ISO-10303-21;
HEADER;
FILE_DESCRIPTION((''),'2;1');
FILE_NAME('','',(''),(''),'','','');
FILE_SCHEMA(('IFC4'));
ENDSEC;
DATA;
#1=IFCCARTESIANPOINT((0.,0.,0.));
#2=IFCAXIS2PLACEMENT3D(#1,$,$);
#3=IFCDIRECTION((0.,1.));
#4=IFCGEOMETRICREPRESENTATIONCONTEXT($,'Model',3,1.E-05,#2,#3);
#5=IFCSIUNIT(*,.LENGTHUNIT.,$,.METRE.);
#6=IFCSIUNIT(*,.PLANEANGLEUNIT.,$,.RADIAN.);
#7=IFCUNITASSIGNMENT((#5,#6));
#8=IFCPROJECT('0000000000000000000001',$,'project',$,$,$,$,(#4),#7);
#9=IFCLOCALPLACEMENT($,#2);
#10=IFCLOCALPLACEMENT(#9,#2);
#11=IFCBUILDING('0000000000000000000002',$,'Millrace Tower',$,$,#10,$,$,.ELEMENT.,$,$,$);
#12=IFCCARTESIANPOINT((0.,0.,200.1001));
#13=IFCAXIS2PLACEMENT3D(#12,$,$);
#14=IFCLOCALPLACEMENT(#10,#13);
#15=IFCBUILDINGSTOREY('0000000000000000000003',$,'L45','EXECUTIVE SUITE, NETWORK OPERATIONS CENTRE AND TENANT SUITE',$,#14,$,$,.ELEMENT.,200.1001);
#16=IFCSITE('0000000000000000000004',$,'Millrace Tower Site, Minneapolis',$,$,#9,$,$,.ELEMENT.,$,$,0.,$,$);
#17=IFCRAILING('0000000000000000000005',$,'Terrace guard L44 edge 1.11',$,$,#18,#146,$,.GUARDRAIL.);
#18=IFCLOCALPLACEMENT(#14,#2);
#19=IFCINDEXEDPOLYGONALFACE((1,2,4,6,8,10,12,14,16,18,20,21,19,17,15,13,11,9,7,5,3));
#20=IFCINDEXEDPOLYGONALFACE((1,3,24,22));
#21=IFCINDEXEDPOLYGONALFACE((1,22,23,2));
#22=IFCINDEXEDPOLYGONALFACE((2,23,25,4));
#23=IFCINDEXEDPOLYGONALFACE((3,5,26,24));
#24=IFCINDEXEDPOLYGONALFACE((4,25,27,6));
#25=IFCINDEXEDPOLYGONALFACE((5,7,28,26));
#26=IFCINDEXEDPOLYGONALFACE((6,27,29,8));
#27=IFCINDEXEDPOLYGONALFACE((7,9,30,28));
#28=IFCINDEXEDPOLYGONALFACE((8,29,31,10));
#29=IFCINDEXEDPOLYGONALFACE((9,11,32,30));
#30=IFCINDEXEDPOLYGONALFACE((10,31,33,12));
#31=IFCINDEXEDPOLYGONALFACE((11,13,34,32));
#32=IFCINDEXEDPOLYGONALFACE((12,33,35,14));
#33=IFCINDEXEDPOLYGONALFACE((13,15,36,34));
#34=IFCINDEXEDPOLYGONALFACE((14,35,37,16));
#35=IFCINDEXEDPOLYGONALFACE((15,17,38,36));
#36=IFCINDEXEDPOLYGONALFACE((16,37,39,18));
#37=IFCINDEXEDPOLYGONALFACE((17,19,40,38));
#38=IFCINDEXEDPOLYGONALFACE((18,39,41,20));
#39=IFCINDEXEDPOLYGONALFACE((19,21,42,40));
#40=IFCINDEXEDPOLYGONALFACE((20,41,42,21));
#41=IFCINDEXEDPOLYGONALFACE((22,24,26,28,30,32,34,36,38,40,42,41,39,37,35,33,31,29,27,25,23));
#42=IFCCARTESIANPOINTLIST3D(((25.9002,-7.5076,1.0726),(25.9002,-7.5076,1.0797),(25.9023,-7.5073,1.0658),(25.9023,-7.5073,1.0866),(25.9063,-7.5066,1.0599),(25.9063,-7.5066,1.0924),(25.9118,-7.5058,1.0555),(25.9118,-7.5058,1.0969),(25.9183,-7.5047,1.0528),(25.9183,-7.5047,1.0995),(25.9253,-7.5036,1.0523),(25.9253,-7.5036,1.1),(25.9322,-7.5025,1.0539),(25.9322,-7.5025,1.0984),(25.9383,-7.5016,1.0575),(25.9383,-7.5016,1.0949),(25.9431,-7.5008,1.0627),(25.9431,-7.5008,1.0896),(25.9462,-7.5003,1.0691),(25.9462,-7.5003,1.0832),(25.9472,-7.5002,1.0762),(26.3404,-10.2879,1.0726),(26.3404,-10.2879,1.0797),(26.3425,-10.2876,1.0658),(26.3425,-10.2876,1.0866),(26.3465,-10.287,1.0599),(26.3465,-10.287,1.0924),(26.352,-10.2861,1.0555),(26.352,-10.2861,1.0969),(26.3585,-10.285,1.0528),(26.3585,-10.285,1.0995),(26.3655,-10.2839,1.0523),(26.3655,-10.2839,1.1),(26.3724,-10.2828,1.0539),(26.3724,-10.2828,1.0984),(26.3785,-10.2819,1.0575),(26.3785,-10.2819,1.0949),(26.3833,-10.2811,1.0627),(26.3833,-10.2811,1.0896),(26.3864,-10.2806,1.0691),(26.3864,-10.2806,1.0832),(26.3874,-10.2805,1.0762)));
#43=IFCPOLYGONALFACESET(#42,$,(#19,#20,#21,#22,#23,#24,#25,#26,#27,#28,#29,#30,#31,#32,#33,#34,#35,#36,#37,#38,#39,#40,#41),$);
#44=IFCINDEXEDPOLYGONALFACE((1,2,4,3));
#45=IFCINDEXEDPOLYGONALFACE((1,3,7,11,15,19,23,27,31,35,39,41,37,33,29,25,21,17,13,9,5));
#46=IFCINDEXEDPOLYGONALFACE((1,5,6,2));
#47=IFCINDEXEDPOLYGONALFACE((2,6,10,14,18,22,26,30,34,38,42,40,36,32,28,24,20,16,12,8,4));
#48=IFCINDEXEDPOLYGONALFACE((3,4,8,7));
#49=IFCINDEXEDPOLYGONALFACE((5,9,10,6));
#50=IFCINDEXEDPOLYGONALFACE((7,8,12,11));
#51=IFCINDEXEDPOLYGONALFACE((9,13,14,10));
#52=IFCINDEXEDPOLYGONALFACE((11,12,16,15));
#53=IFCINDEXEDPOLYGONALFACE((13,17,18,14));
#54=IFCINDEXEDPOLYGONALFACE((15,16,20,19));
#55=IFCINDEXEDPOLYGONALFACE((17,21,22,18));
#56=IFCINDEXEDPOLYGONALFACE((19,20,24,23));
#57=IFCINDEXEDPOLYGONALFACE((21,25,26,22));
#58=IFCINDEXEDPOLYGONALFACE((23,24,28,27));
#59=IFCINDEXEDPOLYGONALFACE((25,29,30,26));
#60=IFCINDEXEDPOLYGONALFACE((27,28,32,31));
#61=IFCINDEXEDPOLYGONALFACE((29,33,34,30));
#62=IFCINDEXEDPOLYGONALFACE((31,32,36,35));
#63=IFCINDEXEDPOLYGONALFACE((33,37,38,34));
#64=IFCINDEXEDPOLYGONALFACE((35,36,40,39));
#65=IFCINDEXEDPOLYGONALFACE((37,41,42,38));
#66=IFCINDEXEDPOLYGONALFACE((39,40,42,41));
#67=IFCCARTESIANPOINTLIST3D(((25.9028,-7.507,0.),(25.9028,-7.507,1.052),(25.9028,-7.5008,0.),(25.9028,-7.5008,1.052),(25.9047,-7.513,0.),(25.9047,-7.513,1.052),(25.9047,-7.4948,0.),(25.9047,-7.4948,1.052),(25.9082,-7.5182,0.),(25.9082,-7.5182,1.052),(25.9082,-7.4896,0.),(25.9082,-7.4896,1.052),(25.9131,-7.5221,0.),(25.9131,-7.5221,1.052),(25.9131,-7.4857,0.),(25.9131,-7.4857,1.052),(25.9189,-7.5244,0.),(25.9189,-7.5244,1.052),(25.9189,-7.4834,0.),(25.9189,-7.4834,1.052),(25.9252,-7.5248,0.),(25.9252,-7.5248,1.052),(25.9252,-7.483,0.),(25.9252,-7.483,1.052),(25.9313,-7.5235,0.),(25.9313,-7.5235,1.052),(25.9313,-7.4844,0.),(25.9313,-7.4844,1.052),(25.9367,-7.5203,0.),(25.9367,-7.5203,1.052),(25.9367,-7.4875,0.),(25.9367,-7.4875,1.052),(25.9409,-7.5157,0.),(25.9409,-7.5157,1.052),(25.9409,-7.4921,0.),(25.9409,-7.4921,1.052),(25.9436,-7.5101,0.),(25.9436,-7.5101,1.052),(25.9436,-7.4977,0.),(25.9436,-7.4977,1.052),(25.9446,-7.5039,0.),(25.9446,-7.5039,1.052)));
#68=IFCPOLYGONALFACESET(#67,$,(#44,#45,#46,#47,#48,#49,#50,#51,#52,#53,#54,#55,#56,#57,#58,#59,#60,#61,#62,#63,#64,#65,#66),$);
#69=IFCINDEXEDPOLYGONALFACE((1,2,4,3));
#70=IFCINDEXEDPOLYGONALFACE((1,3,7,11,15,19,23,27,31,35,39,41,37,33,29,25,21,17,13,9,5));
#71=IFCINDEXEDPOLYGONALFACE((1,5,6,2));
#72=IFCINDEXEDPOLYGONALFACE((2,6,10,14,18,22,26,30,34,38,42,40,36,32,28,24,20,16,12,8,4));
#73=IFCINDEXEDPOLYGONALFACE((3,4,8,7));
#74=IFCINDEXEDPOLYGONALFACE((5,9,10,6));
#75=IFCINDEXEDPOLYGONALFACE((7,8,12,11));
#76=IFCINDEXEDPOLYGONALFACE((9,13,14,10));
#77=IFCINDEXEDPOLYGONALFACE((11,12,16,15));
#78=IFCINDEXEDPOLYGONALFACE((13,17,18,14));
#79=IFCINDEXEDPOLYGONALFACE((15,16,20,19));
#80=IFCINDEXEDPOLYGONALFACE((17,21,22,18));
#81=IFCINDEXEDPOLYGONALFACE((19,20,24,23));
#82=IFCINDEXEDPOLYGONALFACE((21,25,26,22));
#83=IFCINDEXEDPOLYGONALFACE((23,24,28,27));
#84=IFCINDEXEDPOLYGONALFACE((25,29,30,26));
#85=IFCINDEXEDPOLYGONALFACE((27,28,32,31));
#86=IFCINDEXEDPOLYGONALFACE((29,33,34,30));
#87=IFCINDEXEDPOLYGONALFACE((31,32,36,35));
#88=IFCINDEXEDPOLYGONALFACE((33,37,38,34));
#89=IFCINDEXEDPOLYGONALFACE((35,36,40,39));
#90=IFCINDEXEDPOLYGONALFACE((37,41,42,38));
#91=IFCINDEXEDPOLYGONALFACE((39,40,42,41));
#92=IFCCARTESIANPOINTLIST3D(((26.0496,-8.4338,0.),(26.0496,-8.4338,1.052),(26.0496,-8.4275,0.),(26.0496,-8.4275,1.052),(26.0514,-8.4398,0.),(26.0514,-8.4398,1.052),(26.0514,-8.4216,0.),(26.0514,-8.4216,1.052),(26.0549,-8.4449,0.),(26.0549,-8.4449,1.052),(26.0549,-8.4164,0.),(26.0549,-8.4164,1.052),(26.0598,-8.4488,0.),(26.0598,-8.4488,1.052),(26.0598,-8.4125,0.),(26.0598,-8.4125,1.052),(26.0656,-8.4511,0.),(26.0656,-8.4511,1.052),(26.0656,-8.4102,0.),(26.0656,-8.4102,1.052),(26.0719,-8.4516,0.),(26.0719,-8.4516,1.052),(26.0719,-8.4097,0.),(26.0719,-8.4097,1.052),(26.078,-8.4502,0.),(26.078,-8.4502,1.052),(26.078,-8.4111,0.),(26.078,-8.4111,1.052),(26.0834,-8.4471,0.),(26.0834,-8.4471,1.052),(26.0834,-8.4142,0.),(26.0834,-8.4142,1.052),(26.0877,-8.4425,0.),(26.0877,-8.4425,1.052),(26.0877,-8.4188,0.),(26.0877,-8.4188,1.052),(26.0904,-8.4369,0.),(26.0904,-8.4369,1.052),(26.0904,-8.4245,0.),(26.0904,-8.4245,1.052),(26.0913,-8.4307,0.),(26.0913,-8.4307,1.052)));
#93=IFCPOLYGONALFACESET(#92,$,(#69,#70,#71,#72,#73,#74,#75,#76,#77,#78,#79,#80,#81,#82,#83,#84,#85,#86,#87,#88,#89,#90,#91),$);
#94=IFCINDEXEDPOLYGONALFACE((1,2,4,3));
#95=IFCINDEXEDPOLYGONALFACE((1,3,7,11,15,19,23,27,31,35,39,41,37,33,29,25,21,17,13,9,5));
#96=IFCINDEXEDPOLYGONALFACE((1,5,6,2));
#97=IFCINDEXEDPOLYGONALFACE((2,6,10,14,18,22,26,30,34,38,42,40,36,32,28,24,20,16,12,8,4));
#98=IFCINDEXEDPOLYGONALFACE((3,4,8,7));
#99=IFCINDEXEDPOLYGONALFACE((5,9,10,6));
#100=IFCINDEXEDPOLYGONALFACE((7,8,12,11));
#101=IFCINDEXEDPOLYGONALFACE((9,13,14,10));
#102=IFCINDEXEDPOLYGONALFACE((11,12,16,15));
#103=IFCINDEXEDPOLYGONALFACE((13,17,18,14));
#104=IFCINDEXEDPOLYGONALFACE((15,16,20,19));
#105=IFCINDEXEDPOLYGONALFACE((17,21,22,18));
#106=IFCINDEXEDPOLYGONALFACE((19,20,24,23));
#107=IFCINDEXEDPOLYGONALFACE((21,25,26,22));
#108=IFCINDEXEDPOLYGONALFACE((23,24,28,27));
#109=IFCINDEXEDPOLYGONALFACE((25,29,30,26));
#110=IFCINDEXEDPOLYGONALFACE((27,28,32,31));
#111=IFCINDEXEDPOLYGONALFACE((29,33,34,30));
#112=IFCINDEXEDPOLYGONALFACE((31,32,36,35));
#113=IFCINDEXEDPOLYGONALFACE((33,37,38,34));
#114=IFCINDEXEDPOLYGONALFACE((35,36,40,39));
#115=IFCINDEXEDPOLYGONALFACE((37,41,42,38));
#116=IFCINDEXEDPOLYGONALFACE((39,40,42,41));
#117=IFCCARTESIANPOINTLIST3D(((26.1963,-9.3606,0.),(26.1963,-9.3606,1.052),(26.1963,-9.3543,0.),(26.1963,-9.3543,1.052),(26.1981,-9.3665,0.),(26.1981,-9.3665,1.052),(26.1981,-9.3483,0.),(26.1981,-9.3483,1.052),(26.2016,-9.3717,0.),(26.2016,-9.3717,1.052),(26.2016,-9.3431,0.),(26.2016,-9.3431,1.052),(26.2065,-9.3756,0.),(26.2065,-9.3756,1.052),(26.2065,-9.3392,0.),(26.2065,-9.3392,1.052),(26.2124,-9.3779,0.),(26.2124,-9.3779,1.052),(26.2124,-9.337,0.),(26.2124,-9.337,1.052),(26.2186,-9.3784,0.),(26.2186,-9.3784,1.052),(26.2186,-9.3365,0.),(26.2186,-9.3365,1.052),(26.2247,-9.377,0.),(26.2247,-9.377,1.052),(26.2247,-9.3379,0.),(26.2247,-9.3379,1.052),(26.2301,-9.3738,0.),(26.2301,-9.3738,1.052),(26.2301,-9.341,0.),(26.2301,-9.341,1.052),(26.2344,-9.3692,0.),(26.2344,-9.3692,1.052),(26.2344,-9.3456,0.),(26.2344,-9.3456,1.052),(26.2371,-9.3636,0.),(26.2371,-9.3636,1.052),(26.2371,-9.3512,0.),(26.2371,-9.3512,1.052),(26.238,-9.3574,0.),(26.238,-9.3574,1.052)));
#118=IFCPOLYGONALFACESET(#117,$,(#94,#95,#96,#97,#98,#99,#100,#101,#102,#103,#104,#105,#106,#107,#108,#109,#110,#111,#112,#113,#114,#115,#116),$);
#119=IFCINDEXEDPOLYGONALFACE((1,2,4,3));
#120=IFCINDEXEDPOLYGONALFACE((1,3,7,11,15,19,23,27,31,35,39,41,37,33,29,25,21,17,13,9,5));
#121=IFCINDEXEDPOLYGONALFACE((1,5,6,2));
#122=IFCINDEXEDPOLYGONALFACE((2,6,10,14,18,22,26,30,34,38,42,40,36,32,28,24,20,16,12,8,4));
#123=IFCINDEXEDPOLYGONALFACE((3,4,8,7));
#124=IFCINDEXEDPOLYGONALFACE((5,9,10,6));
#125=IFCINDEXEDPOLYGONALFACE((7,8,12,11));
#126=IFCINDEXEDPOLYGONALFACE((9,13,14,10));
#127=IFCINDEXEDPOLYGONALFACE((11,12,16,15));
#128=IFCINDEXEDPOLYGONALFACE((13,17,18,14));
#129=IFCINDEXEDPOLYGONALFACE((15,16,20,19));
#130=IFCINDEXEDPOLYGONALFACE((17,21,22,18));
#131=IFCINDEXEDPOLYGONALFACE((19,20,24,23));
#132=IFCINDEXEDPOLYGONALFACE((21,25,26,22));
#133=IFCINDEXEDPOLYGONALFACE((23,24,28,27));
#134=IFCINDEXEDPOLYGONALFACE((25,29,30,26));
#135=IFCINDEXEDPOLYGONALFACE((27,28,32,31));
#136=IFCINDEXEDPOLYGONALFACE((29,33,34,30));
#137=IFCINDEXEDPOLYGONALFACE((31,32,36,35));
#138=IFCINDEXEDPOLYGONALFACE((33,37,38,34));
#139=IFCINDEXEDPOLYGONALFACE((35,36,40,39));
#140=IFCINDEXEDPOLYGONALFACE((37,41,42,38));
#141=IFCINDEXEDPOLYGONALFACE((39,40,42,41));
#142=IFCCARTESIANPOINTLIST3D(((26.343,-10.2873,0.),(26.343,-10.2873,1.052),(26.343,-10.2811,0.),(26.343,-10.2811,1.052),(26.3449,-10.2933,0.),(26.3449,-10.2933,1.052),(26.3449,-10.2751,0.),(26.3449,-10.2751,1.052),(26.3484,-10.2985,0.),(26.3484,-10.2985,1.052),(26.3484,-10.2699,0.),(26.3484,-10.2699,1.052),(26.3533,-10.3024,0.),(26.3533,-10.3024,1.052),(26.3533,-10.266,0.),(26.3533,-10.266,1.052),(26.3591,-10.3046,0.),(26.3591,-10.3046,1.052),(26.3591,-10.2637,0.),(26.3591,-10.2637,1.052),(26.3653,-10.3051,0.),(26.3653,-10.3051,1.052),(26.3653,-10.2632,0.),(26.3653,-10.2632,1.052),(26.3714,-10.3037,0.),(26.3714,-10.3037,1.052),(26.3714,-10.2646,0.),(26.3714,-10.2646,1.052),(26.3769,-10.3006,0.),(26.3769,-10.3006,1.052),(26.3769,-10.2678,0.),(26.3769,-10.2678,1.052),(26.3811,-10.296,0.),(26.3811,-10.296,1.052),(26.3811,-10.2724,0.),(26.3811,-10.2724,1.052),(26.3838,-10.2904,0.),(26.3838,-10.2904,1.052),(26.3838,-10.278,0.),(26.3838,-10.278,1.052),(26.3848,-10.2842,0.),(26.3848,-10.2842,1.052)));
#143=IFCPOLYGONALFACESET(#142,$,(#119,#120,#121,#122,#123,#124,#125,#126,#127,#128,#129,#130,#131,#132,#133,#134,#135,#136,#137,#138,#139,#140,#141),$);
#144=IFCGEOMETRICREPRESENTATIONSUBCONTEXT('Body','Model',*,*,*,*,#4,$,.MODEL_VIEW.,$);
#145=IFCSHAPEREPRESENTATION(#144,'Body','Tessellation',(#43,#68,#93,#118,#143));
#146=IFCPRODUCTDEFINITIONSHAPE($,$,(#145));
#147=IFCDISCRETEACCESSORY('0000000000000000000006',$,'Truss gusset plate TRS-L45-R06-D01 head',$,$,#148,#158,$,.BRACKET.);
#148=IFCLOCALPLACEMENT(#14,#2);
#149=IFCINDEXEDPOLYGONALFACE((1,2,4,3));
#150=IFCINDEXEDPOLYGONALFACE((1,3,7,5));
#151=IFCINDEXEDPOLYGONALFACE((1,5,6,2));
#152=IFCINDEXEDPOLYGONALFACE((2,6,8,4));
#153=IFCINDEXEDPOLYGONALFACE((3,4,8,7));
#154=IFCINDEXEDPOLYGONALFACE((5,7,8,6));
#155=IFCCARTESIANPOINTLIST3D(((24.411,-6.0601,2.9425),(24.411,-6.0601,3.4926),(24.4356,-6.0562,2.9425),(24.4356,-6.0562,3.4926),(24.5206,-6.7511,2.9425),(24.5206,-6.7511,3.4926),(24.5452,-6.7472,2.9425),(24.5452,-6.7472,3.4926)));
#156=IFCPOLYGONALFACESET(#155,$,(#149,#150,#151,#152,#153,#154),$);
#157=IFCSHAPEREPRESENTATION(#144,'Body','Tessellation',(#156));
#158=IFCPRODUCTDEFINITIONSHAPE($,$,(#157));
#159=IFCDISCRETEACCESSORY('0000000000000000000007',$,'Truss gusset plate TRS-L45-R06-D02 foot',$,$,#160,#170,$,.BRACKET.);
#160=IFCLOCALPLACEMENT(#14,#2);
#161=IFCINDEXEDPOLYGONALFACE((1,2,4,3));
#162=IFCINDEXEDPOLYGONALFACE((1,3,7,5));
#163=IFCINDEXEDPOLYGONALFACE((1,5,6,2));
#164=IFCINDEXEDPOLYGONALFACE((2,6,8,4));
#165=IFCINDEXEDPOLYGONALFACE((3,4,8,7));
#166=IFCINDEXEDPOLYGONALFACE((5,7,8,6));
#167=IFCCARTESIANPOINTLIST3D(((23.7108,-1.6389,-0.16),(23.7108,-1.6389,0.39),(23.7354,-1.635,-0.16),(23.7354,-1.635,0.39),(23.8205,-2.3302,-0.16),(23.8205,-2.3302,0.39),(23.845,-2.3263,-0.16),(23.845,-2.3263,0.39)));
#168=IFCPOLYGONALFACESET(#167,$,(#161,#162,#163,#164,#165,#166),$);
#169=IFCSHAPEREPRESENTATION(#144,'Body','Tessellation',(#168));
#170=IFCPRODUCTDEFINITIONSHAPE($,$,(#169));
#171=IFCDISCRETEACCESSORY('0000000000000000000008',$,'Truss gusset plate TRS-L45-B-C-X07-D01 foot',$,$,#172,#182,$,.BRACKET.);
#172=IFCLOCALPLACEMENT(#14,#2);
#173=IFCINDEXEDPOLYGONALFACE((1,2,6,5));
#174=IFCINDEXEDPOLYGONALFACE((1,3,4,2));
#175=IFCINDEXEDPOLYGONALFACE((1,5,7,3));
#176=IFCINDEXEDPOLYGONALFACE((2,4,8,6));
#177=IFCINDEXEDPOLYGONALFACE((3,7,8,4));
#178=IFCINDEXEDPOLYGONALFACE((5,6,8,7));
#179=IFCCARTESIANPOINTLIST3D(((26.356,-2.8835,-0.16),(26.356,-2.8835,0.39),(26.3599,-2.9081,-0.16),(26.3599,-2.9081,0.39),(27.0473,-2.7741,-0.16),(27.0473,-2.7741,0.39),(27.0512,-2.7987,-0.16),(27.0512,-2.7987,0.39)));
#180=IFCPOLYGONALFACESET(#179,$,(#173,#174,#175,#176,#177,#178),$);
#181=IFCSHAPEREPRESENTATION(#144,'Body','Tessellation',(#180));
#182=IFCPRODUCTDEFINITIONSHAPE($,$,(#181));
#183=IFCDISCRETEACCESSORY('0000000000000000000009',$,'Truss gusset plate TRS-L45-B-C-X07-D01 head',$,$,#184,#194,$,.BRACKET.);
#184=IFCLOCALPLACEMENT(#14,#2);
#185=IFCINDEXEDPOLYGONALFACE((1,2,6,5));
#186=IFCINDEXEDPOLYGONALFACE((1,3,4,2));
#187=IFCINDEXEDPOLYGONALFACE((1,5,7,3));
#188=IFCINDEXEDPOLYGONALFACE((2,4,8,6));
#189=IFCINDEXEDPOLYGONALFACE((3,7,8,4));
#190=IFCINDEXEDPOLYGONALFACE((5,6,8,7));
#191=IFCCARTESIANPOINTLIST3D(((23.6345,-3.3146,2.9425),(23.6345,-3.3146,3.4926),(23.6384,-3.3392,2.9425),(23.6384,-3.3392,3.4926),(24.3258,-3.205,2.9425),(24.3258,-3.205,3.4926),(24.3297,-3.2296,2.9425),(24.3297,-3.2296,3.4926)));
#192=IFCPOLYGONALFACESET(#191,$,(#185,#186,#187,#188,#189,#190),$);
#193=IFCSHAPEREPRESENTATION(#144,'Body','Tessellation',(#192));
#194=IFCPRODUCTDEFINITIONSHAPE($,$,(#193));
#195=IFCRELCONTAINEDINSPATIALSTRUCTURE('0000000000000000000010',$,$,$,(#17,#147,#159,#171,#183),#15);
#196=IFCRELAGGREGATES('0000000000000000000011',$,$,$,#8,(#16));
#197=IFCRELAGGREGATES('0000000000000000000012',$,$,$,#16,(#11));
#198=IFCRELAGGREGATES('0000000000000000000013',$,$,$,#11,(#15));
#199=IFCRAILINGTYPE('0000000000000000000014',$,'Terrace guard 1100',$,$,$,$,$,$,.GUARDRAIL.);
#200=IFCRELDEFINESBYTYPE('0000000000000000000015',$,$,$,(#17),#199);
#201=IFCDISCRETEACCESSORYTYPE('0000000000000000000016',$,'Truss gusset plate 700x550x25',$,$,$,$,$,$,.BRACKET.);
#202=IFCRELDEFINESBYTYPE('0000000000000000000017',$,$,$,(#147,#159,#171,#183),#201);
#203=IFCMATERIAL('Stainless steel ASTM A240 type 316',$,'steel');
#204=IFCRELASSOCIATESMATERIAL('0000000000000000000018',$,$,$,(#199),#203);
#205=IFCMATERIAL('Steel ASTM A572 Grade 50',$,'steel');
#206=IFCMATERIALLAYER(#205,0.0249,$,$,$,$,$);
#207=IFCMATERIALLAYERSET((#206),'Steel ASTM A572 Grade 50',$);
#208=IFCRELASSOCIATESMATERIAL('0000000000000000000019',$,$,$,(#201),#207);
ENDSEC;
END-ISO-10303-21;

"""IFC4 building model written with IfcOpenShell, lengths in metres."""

from ifc_helpers import new_model, si_unit, direction, frame, origin, origin_2d, place, context, subcontext, project, spatial, rectangle, circle, extrude, material, layer, layer_set, type_object, element, save


model = new_model("IFC4")

# Units and contexts
model_context = context("Model", 3, precision=1e-05, world=origin(), true_north=direction((0.0, 1.0)))
body_context = subcontext(model_context, "Body", "Model", "MODEL_VIEW")
ifc_project = project(units=[si_unit("LENGTHUNIT", "METRE"), si_unit("PLANEANGLEUNIT", "RADIAN")], contexts=[model_context])

# Site, building, storey
site_placement = place(None, origin())
site = spatial("IfcSite", under=ifc_project, at=site_placement, Name="Millrace Tower Site, Minneapolis", CompositionType="ELEMENT", RefElevation=0.0)
building_placement = place(site_placement, origin())
building = spatial("IfcBuilding", under=site, at=building_placement, Name="Millrace Tower", CompositionType="ELEMENT")
storey_placement = place(building_placement, frame((0.0, 0.0, 200.1001)))
storey = spatial("IfcBuildingStorey", under=building, at=storey_placement, Name="L45", Description="EXECUTIVE SUITE, NETWORK OPERATIONS CENTRE AND TENANT SUITE", CompositionType="ELEMENT", Elevation=200.1001)

# Railing
ifc_material_1 = material(Name="Stainless steel ASTM A240 type 316", Category="steel")
railing_type = type_object("IfcRailingType", Name="Terrace guard 1100", PredefinedType="GUARDRAIL", material=ifc_material_1)
railing_placement = place(storey_placement, frame((25.9236, -7.5039, 0.0)))
element("IfcRailing", 1, at=railing_placement, inside=storey, type_object=railing_type, Name="Terrace guard L44 edge 1.11", PredefinedType="GUARDRAIL", context=body_context, shape_type="SweptSolid", body=[
    extrude(circle(Radius=0.0239, at=origin_2d()), frame((0.0, 0.0, 1.0762), z_axis=(0.156377, -0.987697, 0.0), x_axis=(0.987697, 0.156377, 0.0)), (0.0, 0.0, 1.0), 2.8149),
    extrude(circle(Radius=0.021, at=origin_2d()), origin(), (0.0, 0.0, 1.0), 1.052),
    extrude(circle(Radius=0.021, at=origin_2d()), frame((0.1467, -0.9268, 0.0)), (0.0, 0.0, 1.0), 1.052),
    extrude(circle(Radius=0.021, at=origin_2d()), frame((0.2935, -1.8535, 0.0)), (0.0, 0.0, 1.0), 1.052),
    extrude(circle(Radius=0.021, at=origin_2d()), frame((0.4402, -2.7803, 0.0)), (0.0, 0.0, 1.0), 1.052),
])

# Discrete accessories
ifc_material_2 = material(Name="Steel ASTM A572 Grade 50", Category="steel")
ifc_layer_1 = layer(ifc_material_2, 0.0249)
ifc_layer_set_1 = layer_set([ifc_layer_1], Name="Steel ASTM A572 Grade 50")
discrete_accessory_type = type_object("IfcDiscreteAccessoryType", Name="Truss gusset plate 700x550x25", PredefinedType="BRACKET", material=ifc_layer_set_1)
discrete_accessory_placement = place(storey_placement, frame((24.4233, -6.0581, 3.2175), z_axis=(0.156643, -0.987655, 0.0), x_axis=(0.987655, 0.156643, 0.0)))
element("IfcDiscreteAccessory", 2, at=discrete_accessory_placement, inside=storey, type_object=discrete_accessory_type, Name="Truss gusset plate TRS-L45-R06-D01 head", PredefinedType="BRACKET", context=body_context, shape_type="SweptSolid", body=[
    extrude(rectangle(XDim=0.0249, YDim=0.55, at=origin_2d()), origin(), (0.0, 0.0, 1.0), 0.6997),
])
for number, where, z_axis, x_axis, name in (
    (3, (23.7231, -1.637, 0.115), (0.156589, -0.987664, 0.0), (0.987664, 0.156589, 0.0), "Truss gusset plate TRS-L45-R06-D02 foot"),
    (4, (26.3579, -2.8958, 0.115), (0.987718, 0.156249, 0.0), (-0.156249, 0.987718, 0.0), "Truss gusset plate TRS-L45-B-C-X07-D01 foot"),
    (5, (23.6365, -3.3269, 3.2175), (0.987664, 0.156589, 0.0), (-0.156589, 0.987664, 0.0), "Truss gusset plate TRS-L45-B-C-X07-D01 head"),
):
    element("IfcDiscreteAccessory", number, at=place(storey_placement, frame(where, z_axis=z_axis, x_axis=x_axis)), inside=storey, type_object=discrete_accessory_type, Name=name, PredefinedType="BRACKET", context=body_context, shape_type="SweptSolid", body=[
        extrude(rectangle(XDim=0.0249, YDim=0.55, at=origin_2d()), origin(), (0.0, 0.0, 1.0), 0.7),
    ])

save(model, "model.ifc")
